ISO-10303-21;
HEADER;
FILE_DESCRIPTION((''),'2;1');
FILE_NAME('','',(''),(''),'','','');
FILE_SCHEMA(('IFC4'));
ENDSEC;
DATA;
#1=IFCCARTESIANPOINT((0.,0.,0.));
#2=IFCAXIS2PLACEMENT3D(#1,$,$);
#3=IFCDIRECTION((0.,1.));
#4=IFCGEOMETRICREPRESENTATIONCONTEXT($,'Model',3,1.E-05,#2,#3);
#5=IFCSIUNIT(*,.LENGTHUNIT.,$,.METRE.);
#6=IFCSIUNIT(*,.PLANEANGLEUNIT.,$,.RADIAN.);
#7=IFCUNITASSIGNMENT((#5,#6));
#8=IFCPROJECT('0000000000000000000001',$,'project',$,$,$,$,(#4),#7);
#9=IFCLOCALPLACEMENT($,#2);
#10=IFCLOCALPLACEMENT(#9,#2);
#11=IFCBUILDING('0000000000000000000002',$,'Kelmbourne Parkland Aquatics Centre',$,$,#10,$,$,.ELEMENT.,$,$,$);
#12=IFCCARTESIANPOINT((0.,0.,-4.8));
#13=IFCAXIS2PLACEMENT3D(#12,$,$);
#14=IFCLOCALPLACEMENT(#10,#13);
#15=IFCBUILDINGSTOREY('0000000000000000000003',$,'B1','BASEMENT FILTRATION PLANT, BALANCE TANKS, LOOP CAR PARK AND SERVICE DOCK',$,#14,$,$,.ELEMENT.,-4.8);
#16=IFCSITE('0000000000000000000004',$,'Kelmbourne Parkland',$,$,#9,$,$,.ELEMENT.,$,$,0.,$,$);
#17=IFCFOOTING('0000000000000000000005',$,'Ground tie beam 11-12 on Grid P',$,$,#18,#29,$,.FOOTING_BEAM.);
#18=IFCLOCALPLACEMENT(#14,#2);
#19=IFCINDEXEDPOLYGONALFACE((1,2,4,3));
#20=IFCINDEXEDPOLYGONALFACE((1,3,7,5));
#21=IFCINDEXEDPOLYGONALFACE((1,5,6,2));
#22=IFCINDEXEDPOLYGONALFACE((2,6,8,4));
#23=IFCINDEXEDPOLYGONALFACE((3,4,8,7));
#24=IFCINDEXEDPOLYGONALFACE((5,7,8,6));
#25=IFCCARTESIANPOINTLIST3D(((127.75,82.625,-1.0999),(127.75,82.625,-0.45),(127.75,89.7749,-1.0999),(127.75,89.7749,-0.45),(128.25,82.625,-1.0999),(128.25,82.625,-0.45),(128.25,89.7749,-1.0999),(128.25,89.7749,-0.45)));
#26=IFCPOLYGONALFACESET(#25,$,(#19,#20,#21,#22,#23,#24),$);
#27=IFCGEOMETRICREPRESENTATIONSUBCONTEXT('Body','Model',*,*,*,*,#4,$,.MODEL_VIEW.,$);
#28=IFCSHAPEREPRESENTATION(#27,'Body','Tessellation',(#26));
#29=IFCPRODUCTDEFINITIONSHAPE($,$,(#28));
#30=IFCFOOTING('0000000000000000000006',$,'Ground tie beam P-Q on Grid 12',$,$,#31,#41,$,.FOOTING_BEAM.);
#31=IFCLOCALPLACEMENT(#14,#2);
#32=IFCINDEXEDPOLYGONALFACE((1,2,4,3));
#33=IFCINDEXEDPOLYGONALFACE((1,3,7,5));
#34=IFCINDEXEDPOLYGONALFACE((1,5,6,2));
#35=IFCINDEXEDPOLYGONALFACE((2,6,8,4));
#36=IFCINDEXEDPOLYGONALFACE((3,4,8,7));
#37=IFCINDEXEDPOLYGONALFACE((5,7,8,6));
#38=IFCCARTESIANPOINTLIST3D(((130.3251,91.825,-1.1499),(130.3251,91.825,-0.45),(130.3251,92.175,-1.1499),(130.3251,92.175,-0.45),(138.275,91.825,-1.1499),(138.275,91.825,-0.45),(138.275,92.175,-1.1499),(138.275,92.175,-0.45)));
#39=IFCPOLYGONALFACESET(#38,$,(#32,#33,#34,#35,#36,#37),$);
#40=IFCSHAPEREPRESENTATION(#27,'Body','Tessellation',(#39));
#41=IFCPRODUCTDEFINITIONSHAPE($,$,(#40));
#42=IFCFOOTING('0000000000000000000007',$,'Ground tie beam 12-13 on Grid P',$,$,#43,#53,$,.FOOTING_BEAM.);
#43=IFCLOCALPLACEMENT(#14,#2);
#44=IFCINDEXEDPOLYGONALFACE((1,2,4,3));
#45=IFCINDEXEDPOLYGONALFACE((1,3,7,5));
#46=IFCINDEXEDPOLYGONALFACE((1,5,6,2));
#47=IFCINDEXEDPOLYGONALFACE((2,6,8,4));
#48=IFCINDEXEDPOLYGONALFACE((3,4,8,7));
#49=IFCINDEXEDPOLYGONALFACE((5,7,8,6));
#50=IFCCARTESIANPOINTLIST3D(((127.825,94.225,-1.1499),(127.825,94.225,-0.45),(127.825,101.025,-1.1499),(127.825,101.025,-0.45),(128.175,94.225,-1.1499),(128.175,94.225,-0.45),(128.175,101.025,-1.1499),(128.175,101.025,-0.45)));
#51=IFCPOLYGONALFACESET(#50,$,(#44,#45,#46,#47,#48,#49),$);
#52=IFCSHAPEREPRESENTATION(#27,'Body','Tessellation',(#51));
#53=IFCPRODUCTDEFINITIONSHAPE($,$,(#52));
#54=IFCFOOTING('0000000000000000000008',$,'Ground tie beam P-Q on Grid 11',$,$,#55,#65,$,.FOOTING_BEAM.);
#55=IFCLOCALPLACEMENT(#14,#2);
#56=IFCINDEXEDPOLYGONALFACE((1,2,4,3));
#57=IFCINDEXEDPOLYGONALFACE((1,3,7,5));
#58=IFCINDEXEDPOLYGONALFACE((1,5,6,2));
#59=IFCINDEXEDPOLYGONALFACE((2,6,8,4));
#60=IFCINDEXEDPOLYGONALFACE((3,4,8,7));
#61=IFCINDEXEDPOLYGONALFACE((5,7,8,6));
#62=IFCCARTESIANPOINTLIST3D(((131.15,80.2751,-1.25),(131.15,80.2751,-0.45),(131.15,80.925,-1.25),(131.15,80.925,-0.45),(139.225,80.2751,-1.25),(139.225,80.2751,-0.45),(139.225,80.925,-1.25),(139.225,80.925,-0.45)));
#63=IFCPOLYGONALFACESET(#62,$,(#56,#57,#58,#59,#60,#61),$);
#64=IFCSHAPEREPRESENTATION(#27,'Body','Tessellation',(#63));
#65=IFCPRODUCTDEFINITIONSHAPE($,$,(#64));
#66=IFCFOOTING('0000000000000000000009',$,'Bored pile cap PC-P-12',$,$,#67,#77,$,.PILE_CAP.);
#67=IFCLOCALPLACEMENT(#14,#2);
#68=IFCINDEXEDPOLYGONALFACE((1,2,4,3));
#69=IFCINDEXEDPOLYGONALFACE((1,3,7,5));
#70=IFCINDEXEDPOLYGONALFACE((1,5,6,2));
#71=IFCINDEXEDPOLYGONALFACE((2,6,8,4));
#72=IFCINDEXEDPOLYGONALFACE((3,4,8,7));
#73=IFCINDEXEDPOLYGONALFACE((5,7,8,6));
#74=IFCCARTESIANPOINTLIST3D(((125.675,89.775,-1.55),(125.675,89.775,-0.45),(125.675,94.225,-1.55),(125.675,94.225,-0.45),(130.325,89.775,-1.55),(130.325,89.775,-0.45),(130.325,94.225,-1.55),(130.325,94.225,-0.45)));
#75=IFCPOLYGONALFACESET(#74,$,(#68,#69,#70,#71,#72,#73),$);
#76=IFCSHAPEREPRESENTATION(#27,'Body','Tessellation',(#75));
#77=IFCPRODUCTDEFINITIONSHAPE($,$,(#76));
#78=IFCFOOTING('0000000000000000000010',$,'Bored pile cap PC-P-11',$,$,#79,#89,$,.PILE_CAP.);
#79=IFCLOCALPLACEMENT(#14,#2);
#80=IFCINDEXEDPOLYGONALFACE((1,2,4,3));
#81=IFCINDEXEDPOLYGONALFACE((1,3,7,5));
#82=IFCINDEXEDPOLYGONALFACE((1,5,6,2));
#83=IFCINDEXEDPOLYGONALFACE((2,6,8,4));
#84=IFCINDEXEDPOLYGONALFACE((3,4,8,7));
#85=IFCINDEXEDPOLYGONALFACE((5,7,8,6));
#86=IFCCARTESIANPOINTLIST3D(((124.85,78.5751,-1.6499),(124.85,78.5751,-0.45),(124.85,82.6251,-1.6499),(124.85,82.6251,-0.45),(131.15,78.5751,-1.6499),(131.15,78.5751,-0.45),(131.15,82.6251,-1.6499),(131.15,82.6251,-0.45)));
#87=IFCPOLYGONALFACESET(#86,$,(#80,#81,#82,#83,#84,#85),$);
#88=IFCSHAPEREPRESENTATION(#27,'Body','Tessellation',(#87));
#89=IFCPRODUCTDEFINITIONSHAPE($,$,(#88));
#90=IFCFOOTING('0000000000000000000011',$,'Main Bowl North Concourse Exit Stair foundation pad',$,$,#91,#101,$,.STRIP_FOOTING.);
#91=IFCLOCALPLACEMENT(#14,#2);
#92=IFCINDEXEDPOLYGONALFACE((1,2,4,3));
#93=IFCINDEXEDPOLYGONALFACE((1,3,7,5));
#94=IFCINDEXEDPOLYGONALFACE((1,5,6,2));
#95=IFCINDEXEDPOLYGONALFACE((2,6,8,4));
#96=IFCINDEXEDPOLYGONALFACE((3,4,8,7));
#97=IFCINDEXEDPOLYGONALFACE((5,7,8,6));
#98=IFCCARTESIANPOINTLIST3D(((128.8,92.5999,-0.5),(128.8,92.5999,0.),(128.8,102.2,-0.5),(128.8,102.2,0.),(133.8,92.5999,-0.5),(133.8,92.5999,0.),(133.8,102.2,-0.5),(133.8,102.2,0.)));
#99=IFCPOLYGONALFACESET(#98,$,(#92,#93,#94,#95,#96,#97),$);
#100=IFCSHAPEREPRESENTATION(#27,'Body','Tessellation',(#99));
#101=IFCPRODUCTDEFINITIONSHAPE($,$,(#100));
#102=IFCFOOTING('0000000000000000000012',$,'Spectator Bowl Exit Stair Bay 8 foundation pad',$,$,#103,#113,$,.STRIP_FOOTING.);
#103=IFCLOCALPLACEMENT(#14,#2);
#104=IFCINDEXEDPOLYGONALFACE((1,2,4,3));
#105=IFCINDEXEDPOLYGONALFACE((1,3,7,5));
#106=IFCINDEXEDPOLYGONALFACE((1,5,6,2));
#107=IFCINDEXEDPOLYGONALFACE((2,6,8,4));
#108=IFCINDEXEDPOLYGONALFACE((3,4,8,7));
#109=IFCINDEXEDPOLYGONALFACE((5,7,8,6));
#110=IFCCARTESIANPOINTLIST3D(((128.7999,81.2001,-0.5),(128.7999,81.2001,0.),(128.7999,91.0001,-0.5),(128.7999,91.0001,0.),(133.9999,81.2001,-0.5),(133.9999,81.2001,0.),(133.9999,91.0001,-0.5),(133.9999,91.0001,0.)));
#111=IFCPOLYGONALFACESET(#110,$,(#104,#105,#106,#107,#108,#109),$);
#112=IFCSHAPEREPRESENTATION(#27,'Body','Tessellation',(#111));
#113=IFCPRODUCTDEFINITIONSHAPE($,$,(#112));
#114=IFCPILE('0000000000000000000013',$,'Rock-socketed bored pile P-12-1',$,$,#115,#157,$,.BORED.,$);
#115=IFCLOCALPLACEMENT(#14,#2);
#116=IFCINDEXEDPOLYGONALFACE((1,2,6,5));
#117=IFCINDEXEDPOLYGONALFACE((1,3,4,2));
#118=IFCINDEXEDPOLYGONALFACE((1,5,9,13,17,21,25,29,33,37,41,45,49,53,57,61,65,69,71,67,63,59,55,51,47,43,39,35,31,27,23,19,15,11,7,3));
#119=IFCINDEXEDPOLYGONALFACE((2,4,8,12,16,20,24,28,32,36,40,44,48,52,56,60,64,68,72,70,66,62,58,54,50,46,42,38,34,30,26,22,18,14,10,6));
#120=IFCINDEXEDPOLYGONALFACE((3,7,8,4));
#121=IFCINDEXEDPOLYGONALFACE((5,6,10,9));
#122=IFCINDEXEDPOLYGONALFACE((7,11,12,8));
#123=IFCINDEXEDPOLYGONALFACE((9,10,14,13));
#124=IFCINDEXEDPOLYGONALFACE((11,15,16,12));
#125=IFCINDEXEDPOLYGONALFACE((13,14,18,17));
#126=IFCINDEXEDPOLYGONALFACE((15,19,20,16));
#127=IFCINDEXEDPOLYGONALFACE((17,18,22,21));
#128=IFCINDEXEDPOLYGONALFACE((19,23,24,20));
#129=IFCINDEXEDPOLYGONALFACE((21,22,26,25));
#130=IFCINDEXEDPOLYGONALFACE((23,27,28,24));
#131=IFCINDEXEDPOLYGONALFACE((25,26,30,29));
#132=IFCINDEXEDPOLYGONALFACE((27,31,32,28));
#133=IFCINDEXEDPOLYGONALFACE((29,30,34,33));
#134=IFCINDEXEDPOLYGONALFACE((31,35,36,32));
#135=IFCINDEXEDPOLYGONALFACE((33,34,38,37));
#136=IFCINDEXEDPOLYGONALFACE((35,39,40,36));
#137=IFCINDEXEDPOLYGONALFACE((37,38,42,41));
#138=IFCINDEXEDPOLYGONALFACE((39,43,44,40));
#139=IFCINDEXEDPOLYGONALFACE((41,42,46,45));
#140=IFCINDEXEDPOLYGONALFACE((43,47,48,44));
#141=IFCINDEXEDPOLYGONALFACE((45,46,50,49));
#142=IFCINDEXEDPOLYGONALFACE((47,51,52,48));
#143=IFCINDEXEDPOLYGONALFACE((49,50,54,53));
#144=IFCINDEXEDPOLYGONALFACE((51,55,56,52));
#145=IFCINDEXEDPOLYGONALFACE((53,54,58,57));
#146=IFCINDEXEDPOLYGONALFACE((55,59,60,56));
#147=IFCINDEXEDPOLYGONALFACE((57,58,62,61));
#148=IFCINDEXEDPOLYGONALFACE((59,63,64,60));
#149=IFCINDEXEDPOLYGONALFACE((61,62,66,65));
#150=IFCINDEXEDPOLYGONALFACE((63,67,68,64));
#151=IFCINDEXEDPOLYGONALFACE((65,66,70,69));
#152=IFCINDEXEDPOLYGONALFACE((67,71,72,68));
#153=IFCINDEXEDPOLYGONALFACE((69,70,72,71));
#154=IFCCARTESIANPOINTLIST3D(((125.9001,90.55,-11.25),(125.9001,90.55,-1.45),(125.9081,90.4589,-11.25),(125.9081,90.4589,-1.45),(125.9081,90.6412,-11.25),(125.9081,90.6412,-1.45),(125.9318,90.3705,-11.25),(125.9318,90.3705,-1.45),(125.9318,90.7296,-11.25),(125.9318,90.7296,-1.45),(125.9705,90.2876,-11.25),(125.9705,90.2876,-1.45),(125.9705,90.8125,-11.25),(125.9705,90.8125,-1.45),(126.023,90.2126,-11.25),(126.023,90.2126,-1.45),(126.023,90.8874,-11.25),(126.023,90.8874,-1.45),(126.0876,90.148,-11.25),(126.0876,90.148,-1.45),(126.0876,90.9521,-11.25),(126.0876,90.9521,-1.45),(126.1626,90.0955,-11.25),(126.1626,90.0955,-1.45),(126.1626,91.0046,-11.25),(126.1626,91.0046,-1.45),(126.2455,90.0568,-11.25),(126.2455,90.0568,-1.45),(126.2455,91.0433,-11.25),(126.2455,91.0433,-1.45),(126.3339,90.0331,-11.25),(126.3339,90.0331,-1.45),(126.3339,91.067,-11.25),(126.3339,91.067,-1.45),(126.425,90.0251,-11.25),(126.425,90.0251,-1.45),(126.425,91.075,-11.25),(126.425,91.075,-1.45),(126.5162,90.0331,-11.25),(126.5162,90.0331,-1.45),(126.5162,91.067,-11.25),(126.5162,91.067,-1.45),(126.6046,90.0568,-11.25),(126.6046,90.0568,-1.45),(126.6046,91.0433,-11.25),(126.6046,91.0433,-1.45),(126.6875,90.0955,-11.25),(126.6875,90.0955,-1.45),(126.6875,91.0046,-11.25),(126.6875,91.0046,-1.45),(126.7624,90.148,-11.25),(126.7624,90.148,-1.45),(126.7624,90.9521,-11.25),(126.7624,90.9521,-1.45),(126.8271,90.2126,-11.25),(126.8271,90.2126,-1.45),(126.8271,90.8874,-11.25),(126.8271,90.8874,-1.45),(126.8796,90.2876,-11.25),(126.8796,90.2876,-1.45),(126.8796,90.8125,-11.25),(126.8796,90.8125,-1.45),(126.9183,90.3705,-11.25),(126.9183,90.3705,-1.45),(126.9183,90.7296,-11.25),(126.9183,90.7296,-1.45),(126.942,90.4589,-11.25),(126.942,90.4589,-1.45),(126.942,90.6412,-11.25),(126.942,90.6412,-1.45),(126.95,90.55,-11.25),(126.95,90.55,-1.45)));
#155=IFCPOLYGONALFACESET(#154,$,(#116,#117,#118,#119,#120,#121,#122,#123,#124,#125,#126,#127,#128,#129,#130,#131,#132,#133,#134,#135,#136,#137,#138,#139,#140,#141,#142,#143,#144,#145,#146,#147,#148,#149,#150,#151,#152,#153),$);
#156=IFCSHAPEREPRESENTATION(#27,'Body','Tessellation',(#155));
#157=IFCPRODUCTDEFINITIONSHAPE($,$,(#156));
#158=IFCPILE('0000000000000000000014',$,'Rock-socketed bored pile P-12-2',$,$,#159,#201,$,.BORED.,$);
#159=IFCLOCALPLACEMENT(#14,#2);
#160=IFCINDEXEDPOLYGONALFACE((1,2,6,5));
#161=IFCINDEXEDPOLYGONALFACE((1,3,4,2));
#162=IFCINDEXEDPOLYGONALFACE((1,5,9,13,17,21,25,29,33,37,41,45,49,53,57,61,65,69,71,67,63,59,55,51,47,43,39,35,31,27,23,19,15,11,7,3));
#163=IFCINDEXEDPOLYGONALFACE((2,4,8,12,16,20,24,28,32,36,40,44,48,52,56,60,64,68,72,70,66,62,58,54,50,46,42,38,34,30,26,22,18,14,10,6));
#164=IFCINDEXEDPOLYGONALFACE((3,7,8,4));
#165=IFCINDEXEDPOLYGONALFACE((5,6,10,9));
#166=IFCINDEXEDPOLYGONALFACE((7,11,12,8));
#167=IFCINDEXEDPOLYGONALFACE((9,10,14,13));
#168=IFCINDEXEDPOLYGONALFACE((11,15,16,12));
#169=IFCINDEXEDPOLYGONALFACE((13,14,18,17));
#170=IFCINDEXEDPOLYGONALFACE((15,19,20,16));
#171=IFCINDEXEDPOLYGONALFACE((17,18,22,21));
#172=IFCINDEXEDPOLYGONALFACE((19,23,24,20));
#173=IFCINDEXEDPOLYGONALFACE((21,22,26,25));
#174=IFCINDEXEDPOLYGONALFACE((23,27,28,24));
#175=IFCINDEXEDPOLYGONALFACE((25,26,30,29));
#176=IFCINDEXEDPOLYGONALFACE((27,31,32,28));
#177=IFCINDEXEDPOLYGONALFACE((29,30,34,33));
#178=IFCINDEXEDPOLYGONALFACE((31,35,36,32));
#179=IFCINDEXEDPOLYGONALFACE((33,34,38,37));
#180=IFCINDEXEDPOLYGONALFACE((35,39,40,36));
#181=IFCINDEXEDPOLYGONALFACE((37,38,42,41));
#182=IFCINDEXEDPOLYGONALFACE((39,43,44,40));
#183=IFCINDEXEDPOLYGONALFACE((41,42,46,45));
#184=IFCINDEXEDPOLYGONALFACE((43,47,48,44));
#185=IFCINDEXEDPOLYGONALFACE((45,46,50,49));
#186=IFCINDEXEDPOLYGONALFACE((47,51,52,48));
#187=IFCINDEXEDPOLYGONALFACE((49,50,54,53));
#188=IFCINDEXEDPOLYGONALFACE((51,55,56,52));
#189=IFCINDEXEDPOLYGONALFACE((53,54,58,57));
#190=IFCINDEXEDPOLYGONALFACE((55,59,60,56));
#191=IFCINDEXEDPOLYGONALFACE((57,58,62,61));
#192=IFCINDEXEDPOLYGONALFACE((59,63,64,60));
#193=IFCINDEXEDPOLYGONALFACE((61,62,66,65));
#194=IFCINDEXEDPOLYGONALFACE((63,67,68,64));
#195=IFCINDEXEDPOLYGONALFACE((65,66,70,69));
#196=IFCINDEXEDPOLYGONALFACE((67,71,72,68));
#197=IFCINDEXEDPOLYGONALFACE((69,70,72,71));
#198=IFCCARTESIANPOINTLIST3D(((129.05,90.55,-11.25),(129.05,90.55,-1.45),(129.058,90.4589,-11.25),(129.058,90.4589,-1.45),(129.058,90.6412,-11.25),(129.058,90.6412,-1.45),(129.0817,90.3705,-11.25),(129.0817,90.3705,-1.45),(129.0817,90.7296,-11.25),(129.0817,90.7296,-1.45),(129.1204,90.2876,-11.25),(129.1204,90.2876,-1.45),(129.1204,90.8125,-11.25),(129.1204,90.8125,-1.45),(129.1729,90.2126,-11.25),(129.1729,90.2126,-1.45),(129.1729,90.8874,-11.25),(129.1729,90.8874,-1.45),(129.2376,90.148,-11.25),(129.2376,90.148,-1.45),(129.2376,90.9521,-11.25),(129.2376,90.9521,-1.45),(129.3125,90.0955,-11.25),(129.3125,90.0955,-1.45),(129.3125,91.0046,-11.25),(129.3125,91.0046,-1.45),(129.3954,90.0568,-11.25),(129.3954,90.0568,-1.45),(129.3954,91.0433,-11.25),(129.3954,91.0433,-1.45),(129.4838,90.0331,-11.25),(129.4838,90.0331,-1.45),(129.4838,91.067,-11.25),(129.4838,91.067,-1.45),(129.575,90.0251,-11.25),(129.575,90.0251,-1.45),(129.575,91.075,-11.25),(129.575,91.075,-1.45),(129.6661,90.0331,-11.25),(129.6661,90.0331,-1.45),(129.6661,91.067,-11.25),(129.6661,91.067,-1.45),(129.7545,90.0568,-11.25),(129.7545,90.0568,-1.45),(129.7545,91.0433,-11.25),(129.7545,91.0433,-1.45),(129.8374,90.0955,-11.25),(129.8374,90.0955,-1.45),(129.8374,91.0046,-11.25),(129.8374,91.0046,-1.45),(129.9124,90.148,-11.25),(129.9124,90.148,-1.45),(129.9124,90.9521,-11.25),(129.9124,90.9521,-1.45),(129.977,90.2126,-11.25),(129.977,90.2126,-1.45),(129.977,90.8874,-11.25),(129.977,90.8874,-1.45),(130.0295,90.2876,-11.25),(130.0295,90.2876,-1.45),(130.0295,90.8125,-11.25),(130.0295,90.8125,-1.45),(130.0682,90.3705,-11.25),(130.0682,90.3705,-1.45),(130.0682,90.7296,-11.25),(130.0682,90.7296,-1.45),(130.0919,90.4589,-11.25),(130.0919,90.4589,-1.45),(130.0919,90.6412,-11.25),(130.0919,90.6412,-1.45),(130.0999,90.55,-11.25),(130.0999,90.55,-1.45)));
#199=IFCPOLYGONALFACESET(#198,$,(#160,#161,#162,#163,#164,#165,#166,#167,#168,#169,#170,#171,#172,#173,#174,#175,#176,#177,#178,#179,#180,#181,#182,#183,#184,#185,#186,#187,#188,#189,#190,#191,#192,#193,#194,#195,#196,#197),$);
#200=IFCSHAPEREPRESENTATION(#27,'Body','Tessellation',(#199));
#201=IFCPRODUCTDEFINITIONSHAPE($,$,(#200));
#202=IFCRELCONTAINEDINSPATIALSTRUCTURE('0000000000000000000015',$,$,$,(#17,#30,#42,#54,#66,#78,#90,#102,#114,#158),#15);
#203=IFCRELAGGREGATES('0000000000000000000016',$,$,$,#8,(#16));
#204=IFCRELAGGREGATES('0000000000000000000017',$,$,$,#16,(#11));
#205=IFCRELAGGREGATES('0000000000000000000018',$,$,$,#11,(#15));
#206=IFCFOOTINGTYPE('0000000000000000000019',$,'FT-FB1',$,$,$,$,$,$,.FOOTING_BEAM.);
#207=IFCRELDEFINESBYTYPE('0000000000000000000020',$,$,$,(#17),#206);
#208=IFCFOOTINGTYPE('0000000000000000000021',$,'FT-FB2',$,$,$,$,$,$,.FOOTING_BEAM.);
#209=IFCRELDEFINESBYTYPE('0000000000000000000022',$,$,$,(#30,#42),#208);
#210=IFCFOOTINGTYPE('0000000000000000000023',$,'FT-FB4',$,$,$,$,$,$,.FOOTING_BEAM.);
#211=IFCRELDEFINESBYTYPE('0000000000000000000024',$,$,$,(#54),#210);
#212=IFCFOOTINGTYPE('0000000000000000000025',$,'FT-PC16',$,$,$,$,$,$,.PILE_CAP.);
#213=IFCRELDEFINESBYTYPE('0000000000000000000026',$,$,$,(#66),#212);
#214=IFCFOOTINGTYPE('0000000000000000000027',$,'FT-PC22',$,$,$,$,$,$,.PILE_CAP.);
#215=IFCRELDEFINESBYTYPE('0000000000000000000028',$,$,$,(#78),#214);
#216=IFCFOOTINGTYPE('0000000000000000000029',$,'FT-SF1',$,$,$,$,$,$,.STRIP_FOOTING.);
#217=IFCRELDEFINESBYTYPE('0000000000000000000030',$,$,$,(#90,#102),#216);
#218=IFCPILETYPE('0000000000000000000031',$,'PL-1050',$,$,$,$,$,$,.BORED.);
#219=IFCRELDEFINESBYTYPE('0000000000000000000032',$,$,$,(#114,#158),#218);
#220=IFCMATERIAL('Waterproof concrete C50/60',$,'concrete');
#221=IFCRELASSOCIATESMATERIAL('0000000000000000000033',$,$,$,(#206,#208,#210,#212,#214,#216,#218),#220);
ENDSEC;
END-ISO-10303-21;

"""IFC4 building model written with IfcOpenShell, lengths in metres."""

from ifc_helpers import new_model, si_unit, direction, frame, origin, origin_2d, place, context, subcontext, project, spatial, rectangle, circle, extrude, material, material_profile, profile_set, type_object, element, save


model = new_model("IFC4")

# Units and contexts
model_context = context("Model", 3, precision=1e-05, world=origin(), true_north=direction((0.0, 1.0)))
body_context = subcontext(model_context, "Body", "Model", "MODEL_VIEW")
ifc_project = project(units=[si_unit("LENGTHUNIT", "METRE"), si_unit("PLANEANGLEUNIT", "RADIAN")], contexts=[model_context])

# Site, building, storey
site_placement = place(None, origin())
site = spatial("IfcSite", under=ifc_project, at=site_placement, Name="Kelmbourne Parkland", CompositionType="ELEMENT", RefElevation=0.0)
building_placement = place(site_placement, origin())
building = spatial("IfcBuilding", under=site, at=building_placement, Name="Kelmbourne Parkland Aquatics Centre", CompositionType="ELEMENT")
storey_placement = place(building_placement, frame((0.0, 0.0, -4.8)))
storey = spatial("IfcBuildingStorey", under=building, at=storey_placement, Name="B1", Description="BASEMENT FILTRATION PLANT, BALANCE TANKS, LOOP CAR PARK AND SERVICE DOCK", CompositionType="ELEMENT", Elevation=-4.8)

# Footings
ifc_material_1 = material(Name="Waterproof concrete C50/60", Category="concrete")
footing_type_1 = type_object("IfcFootingType", Name="FT-FB1", PredefinedType="FOOTING_BEAM", material=ifc_material_1)
footing_1_placement = place(storey_placement, frame((128.0, 86.2, -1.0999), z_axis=(0.0, 0.0, 1.0), x_axis=(0.0, 1.0, 0.0)))
element("IfcFooting", 1, at=footing_1_placement, inside=storey, type_object=footing_type_1, Name="Ground tie beam 11-12 on Grid P", PredefinedType="FOOTING_BEAM", context=body_context, shape_type="SweptSolid", body=[
    extrude(rectangle(XDim=7.1499, YDim=0.5, at=origin_2d()), origin(), (0.0, 0.0, 1.0), 0.6499),
])
footing_type_2 = type_object("IfcFootingType", Name="FT-FB2", PredefinedType="FOOTING_BEAM", material=ifc_material_1)
footing_2_placement = place(storey_placement, frame((134.3, 92.0, -1.1499), z_axis=(0.0, 0.0, 1.0), x_axis=(1.0, 0.0, 0.0)))
element("IfcFooting", 2, at=footing_2_placement, inside=storey, type_object=footing_type_2, Name="Ground tie beam P-Q on Grid 12", PredefinedType="FOOTING_BEAM", context=body_context, shape_type="SweptSolid", body=[
    extrude(rectangle(XDim=7.95, YDim=0.3501, at=origin_2d()), origin(), (0.0, 0.0, 1.0), 0.7),
])
footing_3_placement = place(storey_placement, frame((128.0, 97.625, -1.1499), z_axis=(0.0, 0.0, 1.0), x_axis=(0.0, 1.0, 0.0)))
element("IfcFooting", 3, at=footing_3_placement, inside=storey, type_object=footing_type_2, Name="Ground tie beam 12-13 on Grid P", PredefinedType="FOOTING_BEAM", context=body_context, shape_type="SweptSolid", body=[
    extrude(rectangle(XDim=6.8, YDim=0.3501, at=origin_2d()), origin(), (0.0, 0.0, 1.0), 0.7),
])
footing_type_3 = type_object("IfcFootingType", Name="FT-FB4", PredefinedType="FOOTING_BEAM", material=ifc_material_1)
footing_4_placement = place(storey_placement, frame((135.1875, 80.6001, -1.25), z_axis=(0.0, 0.0, 1.0), x_axis=(1.0, 0.0, 0.0)))
element("IfcFooting", 4, at=footing_4_placement, inside=storey, type_object=footing_type_3, Name="Ground tie beam P-Q on Grid 11", PredefinedType="FOOTING_BEAM", context=body_context, shape_type="SweptSolid", body=[
    extrude(rectangle(XDim=8.075, YDim=0.6499, at=origin_2d()), origin(), (0.0, 0.0, 1.0), 0.8),
])
footing_type_4 = type_object("IfcFootingType", Name="FT-PC16", PredefinedType="PILE_CAP", material=ifc_material_1)
footing_5_placement = place(storey_placement, frame((128.0, 92.0, -1.55), z_axis=(0.0, 0.0, 1.0), x_axis=(1.0, 0.0, 0.0)))
element("IfcFooting", 5, at=footing_5_placement, inside=storey, type_object=footing_type_4, Name="Bored pile cap PC-P-12", PredefinedType="PILE_CAP", context=body_context, shape_type="SweptSolid", body=[
    extrude(rectangle(XDim=4.6499, YDim=4.45, at=origin_2d()), origin(), (0.0, 0.0, 1.0), 1.1001),
])
footing_type_5 = type_object("IfcFootingType", Name="FT-PC22", PredefinedType="PILE_CAP", material=ifc_material_1)
footing_6_placement = place(storey_placement, frame((128.0, 80.6001, -1.6499), z_axis=(0.0, 0.0, 1.0), x_axis=(1.0, 0.0, 0.0)))
element("IfcFooting", 6, at=footing_6_placement, inside=storey, type_object=footing_type_5, Name="Bored pile cap PC-P-11", PredefinedType="PILE_CAP", context=body_context, shape_type="SweptSolid", body=[
    extrude(rectangle(XDim=6.3, YDim=4.05, at=origin_2d()), origin(), (0.0, 0.0, 1.0), 1.2),
])
footing_type_6 = type_object("IfcFootingType", Name="FT-SF1", PredefinedType="STRIP_FOOTING", material=ifc_material_1)
footing_7_placement = place(storey_placement, frame((131.3, 97.3999, -0.5), z_axis=(0.0, 0.0, 1.0), x_axis=(1.0, 0.0, 0.0)))
element("IfcFooting", 7, at=footing_7_placement, inside=storey, type_object=footing_type_6, Name="Main Bowl North Concourse Exit Stair foundation pad", PredefinedType="STRIP_FOOTING", context=body_context, shape_type="SweptSolid", body=[
    extrude(rectangle(XDim=5.0, YDim=9.6001, at=origin_2d()), origin(), (0.0, 0.0, 1.0), 0.5),
])
footing_8_placement = place(storey_placement, frame((131.3999, 86.1001, -0.5), z_axis=(0.0, 0.0, 1.0), x_axis=(1.0, 0.0, 0.0)))
element("IfcFooting", 8, at=footing_8_placement, inside=storey, type_object=footing_type_6, Name="Spectator Bowl Exit Stair Bay 8 foundation pad", PredefinedType="STRIP_FOOTING", context=body_context, shape_type="SweptSolid", body=[
    extrude(rectangle(XDim=5.2, YDim=9.8, at=origin_2d()), origin(), (0.0, 0.0, 1.0), 0.5),
])

# Piles
ifc_material_profile_1 = material_profile(ifc_material_1, circle(Radius=0.5249, at=origin_2d()), Name="PILE D1050")
ifc_profile_set_1 = profile_set([ifc_material_profile_1], Name="Waterproof concrete C50/60")
pile_type_1 = type_object("IfcPileType", Name="PL-1050", PredefinedType="BORED", material=ifc_profile_set_1)
for number, where, z_axis, x_axis, name in (
    (9, (126.425, 90.55, -1.45), (0.0, 0.0, -1.0), (1.0, 0.0, 0.0), "Rock-socketed bored pile P-12-1"),
    (10, (129.575, 90.55, -1.45), (0.0, 0.0, -1.0), (1.0, 0.0, 0.0), "Rock-socketed bored pile P-12-2"),
):
    element("IfcPile", number, at=place(storey_placement, frame(where, z_axis=z_axis, x_axis=x_axis)), inside=storey, type_object=pile_type_1, Name=name, PredefinedType="BORED", context=body_context, shape_type="SweptSolid", body=[
        extrude(circle(Radius=0.5249, at=origin_2d()), origin(), (0.0, 0.0, 1.0), 9.8),
    ])

save(model, "model.ifc")
